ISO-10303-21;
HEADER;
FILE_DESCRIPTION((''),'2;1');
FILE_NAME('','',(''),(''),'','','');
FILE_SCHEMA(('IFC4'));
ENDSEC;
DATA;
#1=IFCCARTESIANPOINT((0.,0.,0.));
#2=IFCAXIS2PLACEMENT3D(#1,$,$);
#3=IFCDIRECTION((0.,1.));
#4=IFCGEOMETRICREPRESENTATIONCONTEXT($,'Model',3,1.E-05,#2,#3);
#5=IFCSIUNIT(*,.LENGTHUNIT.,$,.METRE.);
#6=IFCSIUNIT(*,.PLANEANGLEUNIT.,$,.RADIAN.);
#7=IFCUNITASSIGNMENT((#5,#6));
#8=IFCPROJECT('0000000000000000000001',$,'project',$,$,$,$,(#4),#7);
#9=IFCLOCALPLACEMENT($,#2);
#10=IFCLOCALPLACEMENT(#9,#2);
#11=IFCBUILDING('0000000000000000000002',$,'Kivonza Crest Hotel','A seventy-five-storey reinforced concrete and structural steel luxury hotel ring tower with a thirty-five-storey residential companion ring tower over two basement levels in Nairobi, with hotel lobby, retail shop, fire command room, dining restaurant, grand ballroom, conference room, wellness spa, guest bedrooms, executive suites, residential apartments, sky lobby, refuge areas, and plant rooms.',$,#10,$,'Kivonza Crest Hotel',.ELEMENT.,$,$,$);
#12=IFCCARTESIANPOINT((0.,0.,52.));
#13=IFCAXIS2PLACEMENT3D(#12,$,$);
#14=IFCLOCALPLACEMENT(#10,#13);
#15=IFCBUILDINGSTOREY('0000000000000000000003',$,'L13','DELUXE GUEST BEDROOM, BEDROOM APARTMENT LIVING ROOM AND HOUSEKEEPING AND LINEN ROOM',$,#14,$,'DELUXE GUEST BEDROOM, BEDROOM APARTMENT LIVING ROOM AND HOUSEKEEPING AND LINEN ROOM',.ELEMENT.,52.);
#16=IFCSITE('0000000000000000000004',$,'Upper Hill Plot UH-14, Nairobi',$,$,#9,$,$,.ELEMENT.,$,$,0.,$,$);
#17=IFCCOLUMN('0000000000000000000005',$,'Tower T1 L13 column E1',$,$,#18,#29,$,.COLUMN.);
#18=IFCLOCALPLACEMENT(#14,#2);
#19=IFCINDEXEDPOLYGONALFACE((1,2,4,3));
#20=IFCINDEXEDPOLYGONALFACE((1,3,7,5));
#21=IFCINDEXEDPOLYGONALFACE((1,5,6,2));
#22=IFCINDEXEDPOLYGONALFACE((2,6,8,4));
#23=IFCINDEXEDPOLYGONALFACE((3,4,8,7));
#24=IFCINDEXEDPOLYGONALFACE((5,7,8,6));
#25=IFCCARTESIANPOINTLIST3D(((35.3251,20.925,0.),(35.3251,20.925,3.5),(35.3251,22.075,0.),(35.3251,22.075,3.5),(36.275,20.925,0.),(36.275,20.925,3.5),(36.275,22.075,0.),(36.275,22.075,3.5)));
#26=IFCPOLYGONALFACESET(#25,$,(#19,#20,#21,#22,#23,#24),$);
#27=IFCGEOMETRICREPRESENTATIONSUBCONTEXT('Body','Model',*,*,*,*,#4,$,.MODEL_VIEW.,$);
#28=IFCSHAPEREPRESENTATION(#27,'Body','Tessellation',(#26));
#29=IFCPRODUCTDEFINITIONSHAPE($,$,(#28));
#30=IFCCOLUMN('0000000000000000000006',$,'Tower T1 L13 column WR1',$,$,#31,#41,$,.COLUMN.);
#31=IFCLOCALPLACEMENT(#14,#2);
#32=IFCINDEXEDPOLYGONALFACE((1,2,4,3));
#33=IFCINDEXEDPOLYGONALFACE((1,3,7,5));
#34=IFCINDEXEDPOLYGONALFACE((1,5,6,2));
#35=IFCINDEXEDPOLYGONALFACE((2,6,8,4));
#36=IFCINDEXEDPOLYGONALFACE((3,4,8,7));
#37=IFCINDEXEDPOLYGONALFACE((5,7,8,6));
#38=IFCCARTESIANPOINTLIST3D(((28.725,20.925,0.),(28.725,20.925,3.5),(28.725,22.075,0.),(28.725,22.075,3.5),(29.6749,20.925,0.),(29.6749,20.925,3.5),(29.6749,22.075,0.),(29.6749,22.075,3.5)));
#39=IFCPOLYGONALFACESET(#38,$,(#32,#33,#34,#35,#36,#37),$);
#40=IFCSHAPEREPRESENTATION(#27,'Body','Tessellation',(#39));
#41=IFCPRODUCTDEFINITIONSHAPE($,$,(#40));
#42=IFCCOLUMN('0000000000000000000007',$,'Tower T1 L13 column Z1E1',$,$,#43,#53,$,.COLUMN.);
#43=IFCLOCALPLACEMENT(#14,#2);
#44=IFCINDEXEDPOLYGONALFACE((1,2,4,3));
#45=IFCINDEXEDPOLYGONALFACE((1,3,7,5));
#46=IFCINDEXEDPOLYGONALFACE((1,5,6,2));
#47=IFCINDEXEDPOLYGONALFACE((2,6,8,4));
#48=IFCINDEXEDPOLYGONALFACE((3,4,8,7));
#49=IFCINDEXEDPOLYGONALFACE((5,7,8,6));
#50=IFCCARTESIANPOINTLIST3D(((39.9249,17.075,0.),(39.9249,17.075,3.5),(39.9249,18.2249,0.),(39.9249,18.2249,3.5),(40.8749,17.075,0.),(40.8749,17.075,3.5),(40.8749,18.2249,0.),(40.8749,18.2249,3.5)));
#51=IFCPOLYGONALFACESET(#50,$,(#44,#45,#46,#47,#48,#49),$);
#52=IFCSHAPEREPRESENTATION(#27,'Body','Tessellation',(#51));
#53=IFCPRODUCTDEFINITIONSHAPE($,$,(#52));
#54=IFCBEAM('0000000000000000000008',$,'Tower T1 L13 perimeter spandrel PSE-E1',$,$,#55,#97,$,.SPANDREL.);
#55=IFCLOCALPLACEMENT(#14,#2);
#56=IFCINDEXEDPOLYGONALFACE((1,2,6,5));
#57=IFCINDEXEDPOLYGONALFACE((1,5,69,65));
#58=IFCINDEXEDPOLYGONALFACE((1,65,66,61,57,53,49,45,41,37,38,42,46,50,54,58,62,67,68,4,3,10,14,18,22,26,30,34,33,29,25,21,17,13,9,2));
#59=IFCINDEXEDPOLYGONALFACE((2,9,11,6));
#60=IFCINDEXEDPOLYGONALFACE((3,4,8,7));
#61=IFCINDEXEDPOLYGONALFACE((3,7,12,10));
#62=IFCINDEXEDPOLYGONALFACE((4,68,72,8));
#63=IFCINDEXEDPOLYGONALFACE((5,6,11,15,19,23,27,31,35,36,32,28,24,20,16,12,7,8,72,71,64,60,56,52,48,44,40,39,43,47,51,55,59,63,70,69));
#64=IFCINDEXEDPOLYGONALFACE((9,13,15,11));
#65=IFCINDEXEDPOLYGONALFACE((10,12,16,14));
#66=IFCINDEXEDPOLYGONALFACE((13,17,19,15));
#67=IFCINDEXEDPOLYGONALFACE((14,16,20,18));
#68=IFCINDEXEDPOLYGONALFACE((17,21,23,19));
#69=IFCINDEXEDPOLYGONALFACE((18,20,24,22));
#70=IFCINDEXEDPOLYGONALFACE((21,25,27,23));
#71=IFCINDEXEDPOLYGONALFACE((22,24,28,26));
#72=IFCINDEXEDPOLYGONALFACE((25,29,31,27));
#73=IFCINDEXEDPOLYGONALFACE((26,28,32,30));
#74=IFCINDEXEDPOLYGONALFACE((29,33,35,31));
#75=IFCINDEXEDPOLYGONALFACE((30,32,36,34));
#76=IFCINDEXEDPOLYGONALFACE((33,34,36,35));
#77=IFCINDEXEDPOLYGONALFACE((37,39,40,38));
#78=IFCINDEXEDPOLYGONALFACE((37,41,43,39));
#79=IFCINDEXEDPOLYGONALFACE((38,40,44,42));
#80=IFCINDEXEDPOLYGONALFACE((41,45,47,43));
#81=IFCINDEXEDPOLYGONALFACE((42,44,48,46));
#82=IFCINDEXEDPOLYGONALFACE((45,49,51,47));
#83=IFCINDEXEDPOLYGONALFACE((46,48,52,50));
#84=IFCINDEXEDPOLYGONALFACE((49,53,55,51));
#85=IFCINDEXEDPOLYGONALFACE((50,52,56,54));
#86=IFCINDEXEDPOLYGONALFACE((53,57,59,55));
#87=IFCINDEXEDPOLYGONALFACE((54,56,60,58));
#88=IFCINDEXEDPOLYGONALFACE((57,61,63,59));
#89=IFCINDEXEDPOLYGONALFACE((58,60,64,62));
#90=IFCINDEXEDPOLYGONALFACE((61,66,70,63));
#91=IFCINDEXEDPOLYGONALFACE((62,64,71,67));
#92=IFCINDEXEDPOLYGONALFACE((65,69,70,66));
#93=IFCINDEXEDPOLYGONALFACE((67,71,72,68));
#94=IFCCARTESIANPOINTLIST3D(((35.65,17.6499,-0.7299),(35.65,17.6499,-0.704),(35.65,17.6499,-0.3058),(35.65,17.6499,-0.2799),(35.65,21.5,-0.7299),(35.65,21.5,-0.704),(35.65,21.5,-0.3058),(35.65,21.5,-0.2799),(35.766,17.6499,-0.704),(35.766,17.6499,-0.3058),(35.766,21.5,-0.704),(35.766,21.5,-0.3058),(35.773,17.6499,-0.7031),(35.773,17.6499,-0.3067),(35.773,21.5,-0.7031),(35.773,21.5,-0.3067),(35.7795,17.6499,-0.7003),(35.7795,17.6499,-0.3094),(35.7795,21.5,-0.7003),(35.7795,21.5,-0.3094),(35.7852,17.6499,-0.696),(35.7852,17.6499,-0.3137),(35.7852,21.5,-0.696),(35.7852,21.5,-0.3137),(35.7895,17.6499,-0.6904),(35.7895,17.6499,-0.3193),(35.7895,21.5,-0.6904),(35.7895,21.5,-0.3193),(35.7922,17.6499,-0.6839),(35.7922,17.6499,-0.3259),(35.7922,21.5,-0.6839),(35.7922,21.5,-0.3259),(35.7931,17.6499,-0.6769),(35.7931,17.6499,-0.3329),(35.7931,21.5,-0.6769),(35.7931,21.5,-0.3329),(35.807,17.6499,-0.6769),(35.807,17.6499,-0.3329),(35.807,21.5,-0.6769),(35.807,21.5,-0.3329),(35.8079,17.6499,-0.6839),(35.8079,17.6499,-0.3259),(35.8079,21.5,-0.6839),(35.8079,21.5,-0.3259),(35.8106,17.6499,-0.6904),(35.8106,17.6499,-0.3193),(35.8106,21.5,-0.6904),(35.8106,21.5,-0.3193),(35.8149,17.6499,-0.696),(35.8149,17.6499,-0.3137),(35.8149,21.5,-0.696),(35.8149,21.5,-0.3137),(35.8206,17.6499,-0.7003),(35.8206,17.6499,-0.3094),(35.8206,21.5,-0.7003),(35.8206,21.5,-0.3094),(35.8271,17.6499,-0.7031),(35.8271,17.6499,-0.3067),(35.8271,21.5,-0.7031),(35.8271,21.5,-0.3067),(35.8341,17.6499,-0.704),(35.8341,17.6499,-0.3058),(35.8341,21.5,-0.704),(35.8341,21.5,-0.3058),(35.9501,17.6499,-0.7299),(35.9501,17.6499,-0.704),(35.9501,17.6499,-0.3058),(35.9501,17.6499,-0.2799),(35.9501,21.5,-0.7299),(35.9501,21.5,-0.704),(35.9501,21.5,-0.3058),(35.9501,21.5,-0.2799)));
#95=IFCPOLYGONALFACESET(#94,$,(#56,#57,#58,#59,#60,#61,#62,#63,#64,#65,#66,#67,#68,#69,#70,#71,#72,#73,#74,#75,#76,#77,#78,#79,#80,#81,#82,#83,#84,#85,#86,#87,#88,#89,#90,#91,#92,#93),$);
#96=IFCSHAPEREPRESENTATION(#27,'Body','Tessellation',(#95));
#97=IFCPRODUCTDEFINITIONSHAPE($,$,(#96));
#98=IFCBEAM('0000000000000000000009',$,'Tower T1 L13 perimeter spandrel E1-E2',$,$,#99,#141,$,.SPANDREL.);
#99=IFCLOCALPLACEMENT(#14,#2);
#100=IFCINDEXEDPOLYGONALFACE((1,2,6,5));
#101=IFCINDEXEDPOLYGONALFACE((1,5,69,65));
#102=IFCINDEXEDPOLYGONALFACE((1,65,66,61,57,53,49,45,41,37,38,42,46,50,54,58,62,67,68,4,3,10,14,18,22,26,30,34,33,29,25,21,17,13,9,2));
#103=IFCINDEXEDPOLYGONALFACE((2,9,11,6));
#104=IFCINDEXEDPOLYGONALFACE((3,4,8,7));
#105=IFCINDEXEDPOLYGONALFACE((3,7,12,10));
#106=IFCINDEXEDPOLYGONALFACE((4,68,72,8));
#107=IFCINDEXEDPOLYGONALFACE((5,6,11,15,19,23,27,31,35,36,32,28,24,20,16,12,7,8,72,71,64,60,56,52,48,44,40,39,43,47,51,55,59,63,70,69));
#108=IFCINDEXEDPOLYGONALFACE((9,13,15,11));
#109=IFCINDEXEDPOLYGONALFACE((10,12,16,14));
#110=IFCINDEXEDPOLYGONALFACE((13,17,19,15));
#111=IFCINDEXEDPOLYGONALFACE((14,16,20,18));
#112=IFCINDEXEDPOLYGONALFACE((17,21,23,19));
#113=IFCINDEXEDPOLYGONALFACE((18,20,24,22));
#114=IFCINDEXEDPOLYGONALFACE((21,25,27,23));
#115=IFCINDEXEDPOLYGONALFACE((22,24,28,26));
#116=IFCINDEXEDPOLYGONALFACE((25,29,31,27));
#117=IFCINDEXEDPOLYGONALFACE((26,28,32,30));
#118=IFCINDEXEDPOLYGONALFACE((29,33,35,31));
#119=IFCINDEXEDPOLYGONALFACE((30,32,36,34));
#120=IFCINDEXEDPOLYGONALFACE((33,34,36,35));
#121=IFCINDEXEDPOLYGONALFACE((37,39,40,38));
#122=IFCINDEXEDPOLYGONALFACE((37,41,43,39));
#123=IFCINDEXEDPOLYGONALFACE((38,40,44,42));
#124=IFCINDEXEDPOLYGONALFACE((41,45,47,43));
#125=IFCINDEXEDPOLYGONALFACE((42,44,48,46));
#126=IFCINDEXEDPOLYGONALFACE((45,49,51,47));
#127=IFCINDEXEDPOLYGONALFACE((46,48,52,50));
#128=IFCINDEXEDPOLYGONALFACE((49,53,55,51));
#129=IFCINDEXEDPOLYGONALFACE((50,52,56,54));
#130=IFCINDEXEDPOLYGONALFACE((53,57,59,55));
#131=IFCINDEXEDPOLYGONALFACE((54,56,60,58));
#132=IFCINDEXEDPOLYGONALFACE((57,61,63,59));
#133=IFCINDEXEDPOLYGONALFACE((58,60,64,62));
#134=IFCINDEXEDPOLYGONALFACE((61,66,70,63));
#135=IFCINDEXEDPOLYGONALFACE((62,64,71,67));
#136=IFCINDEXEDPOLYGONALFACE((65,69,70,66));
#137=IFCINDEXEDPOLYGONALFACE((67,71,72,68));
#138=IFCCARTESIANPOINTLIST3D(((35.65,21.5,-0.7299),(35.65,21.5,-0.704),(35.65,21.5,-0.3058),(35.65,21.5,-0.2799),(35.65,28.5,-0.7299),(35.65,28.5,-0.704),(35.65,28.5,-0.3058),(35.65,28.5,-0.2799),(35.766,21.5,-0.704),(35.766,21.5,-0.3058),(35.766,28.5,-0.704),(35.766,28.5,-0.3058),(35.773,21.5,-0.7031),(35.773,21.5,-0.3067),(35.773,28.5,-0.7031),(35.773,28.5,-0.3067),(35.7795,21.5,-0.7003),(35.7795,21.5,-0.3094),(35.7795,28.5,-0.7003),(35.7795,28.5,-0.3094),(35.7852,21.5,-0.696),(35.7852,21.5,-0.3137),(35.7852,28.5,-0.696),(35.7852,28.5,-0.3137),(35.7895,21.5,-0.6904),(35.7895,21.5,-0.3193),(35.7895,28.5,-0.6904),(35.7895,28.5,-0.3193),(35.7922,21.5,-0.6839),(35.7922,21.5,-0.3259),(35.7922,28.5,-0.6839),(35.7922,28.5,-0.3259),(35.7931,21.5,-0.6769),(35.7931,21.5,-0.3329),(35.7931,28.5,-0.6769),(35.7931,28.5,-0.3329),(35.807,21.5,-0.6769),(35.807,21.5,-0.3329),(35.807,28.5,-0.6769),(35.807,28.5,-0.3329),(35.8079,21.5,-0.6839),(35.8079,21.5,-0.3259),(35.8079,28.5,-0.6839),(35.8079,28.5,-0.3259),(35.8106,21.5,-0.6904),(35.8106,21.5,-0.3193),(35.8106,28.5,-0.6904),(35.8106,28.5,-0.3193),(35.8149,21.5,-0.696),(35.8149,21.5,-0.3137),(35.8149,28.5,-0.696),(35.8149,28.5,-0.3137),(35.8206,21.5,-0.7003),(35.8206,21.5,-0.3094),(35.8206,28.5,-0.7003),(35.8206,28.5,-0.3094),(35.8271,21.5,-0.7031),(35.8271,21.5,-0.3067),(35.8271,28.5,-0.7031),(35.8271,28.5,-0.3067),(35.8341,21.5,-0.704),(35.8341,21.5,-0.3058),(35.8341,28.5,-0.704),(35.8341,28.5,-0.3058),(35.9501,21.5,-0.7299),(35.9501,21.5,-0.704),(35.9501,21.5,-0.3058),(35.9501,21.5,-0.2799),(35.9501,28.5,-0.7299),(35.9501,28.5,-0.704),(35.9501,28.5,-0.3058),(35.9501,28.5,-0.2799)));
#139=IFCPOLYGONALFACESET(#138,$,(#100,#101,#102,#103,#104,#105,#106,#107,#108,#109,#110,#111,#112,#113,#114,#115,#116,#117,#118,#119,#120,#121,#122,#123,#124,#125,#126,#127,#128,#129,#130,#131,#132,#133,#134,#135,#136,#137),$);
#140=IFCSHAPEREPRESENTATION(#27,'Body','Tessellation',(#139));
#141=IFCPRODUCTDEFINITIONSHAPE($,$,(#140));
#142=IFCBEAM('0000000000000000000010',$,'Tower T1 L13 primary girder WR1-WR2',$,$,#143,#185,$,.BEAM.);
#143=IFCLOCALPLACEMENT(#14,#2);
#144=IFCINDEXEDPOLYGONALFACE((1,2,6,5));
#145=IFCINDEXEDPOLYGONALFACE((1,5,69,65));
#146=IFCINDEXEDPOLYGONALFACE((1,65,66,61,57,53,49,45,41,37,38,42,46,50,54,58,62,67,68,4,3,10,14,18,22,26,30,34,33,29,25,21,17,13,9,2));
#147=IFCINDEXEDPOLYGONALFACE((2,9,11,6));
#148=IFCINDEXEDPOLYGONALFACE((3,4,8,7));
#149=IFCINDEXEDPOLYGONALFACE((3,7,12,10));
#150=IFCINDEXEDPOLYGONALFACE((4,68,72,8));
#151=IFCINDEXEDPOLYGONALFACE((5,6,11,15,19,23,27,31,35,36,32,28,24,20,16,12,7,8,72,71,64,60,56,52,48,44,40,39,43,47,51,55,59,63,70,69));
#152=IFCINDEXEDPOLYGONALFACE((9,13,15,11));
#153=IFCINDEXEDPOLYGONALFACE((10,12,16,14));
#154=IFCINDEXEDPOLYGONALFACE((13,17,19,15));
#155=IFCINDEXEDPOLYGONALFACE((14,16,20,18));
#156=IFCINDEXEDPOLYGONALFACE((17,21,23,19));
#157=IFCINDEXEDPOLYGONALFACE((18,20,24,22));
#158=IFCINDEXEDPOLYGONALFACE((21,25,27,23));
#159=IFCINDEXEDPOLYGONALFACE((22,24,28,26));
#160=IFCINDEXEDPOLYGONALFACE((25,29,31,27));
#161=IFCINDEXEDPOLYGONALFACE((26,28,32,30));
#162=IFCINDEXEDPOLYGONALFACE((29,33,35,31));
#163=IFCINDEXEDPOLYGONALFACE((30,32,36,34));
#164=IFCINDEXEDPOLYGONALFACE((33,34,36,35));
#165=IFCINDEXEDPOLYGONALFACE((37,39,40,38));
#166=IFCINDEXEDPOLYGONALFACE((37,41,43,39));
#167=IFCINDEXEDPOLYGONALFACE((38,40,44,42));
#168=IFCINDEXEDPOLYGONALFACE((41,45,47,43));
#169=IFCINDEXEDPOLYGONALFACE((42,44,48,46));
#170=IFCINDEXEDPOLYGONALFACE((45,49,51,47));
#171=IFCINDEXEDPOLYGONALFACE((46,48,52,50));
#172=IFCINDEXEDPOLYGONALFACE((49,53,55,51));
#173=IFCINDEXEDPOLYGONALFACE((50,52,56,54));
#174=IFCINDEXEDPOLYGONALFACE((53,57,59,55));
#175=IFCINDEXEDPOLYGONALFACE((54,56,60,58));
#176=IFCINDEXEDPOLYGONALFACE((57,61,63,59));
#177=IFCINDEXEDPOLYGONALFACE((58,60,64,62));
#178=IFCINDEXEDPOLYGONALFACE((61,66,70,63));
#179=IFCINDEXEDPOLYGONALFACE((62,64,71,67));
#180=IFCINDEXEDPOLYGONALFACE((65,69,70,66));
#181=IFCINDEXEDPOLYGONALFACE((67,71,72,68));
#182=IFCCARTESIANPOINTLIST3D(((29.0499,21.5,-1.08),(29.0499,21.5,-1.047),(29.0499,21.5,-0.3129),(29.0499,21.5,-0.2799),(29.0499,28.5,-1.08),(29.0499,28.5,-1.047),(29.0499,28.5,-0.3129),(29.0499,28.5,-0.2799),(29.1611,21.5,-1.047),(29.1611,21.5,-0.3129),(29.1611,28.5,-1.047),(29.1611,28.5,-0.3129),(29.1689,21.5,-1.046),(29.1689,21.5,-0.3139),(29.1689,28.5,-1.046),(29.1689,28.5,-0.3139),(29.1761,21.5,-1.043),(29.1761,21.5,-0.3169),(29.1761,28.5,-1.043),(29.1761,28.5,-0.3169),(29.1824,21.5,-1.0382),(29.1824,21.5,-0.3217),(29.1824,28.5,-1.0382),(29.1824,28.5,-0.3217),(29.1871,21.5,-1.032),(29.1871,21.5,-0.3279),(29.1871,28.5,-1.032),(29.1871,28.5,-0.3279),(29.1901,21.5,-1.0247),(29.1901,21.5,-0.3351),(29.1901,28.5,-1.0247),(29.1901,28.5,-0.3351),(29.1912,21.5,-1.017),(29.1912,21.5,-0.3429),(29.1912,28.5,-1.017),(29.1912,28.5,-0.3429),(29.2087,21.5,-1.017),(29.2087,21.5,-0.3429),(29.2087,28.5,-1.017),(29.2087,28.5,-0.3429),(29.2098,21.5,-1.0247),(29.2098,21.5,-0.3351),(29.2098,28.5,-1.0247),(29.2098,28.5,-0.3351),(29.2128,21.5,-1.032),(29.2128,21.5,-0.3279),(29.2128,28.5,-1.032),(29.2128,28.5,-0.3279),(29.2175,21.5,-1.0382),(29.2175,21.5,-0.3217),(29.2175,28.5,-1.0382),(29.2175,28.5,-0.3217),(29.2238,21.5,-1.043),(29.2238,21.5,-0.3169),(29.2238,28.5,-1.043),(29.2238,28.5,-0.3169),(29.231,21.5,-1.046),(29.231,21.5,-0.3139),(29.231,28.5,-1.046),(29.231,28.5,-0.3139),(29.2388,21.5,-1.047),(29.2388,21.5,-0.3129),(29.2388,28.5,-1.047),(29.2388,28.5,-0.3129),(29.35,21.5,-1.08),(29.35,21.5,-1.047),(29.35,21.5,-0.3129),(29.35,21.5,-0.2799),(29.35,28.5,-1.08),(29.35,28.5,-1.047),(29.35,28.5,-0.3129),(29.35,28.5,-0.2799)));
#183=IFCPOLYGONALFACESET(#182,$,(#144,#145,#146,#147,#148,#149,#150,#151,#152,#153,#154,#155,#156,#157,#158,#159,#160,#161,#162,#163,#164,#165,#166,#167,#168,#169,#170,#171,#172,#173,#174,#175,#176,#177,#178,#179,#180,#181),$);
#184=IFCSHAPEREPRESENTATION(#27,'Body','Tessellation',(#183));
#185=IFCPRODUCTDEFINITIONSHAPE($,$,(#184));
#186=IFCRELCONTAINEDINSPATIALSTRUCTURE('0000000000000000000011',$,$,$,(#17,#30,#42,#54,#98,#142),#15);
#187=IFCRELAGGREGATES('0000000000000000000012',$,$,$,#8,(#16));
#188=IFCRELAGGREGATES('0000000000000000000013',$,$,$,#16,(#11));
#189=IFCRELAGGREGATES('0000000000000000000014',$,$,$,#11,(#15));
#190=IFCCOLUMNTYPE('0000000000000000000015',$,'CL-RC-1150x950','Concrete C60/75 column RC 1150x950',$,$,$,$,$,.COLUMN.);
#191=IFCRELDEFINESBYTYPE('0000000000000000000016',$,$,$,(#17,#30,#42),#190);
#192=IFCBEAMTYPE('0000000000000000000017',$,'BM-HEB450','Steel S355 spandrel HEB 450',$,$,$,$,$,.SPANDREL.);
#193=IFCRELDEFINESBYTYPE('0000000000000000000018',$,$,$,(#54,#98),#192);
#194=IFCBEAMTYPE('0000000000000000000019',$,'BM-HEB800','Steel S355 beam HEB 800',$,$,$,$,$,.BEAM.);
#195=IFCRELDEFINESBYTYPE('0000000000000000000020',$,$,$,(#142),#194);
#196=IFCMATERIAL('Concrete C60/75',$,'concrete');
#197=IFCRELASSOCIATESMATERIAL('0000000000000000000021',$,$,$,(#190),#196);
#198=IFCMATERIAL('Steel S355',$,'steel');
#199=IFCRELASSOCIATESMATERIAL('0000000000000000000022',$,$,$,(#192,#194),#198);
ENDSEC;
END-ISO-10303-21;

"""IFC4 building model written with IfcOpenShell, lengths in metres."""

from ifc_helpers import new_model, si_unit, direction, frame, origin, origin_2d, place, context, subcontext, project, spatial, rectangle, i_section, extrude, material, material_profile, profile_set, type_object, element, save


model = new_model("IFC4")

# Units and contexts
model_context = context("Model", 3, precision=1e-05, world=origin(), true_north=direction((0.0, 1.0)))
body_context = subcontext(model_context, "Body", "Model", "MODEL_VIEW")
ifc_project = project(units=[si_unit("LENGTHUNIT", "METRE"), si_unit("PLANEANGLEUNIT", "RADIAN")], contexts=[model_context])

# Site, building, storey
site_placement = place(None, origin())
site = spatial("IfcSite", under=ifc_project, at=site_placement, Name="Upper Hill Plot UH-14, Nairobi", CompositionType="ELEMENT", RefElevation=0.0)
building_placement = place(site_placement, origin())
building = spatial("IfcBuilding", under=site, at=building_placement, Name="Kivonza Crest Hotel", Description="A seventy-five-storey reinforced concrete and structural steel luxury hotel ring tower with a thirty-five-storey residential companion ring tower over two basement levels in Nairobi, with hotel lobby, retail shop, fire command room, dining restaurant, grand ballroom, conference room, wellness spa, guest bedrooms, executive suites, residential apartments, sky lobby, refuge areas, and plant rooms.", LongName="Kivonza Crest Hotel", CompositionType="ELEMENT")
storey_placement = place(building_placement, frame((0.0, 0.0, 52.0)))
storey = spatial("IfcBuildingStorey", under=building, at=storey_placement, Name="L13", Description="DELUXE GUEST BEDROOM, BEDROOM APARTMENT LIVING ROOM AND HOUSEKEEPING AND LINEN ROOM", LongName="DELUXE GUEST BEDROOM, BEDROOM APARTMENT LIVING ROOM AND HOUSEKEEPING AND LINEN ROOM", CompositionType="ELEMENT", Elevation=52.0)

# Columns
ifc_material_1 = material(Name="Concrete C60/75", Category="concrete")
ifc_material_profile_1 = material_profile(ifc_material_1, rectangle(XDim=0.95, YDim=1.1499, at=origin_2d()), Name="RC 1150x950")
ifc_profile_set_1 = profile_set([ifc_material_profile_1], Name="Concrete C60/75")
column_type = type_object("IfcColumnType", Name="CL-RC-1150x950", Description="Concrete C60/75 column RC 1150x950", PredefinedType="COLUMN", material=ifc_profile_set_1)
for number, where, z_axis, x_axis, name in (
    (1, (35.8, 21.5, 0.0), (0.0, 0.0, 1.0), (1.0, 0.0, 0.0), "Tower T1 L13 column E1"),
    (2, (29.2, 21.5, 0.0), (0.0, 0.0, 1.0), (1.0, 0.0, 0.0), "Tower T1 L13 column WR1"),
    (3, (40.3999, 17.6499, 0.0), (0.0, 0.0, 1.0), (1.0, 0.0, 0.0), "Tower T1 L13 column Z1E1"),
):
    element("IfcColumn", number, at=place(storey_placement, frame(where, z_axis=z_axis, x_axis=x_axis)), inside=storey, type_object=column_type, Name=name, PredefinedType="COLUMN", context=body_context, shape_type="SweptSolid", body=[
        extrude(rectangle(XDim=0.95, YDim=1.1499, at=origin_2d()), origin(), (0.0, 0.0, 1.0), 3.5),
    ])

# Beams
ifc_material_2 = material(Name="Steel S355", Category="steel")
ifc_material_profile_2 = material_profile(ifc_material_2, i_section(OverallWidth=0.3, OverallDepth=0.45, WebThickness=0.0139, FlangeThickness=0.0259, FilletRadius=0.0271, at=origin_2d()), Name="HEB 450")
ifc_profile_set_2 = profile_set([ifc_material_profile_2], Name="Steel S355")
beam_type_1 = type_object("IfcBeamType", Name="BM-HEB450", Description="Steel S355 spandrel HEB 450", PredefinedType="SPANDREL", material=ifc_profile_set_2)
beam_1_placement = place(storey_placement, frame((35.8, 17.6499, -0.5049), z_axis=(0.0, 1.0, 0.0), x_axis=(-1.0, 0.0, 0.0)))
element("IfcBeam", 4, at=beam_1_placement, inside=storey, type_object=beam_type_1, Name="Tower T1 L13 perimeter spandrel PSE-E1", PredefinedType="SPANDREL", context=body_context, shape_type="SweptSolid", body=[
    extrude(i_section(OverallWidth=0.3, OverallDepth=0.45, WebThickness=0.0139, FlangeThickness=0.0259, FilletRadius=0.0271, at=origin_2d()), origin(), (0.0, 0.0, 1.0), 3.8501),
])
beam_2_placement = place(storey_placement, frame((35.8, 21.5, -0.5049), z_axis=(0.0, 1.0, 0.0), x_axis=(-1.0, 0.0, 0.0)))
element("IfcBeam", 5, at=beam_2_placement, inside=storey, type_object=beam_type_1, Name="Tower T1 L13 perimeter spandrel E1-E2", PredefinedType="SPANDREL", context=body_context, shape_type="SweptSolid", body=[
    extrude(i_section(OverallWidth=0.3, OverallDepth=0.45, WebThickness=0.0139, FlangeThickness=0.0259, FilletRadius=0.0271, at=origin_2d()), origin(), (0.0, 0.0, 1.0), 7.0),
])
ifc_material_profile_3 = material_profile(ifc_material_2, i_section(OverallWidth=0.3, OverallDepth=0.8, WebThickness=0.0176, FlangeThickness=0.033, FilletRadius=0.03, at=origin_2d()), Name="HEB 800")
ifc_profile_set_3 = profile_set([ifc_material_profile_3], Name="Steel S355")
beam_type_2 = type_object("IfcBeamType", Name="BM-HEB800", Description="Steel S355 beam HEB 800", PredefinedType="BEAM", material=ifc_profile_set_3)
beam_3_placement = place(storey_placement, frame((29.2, 21.5, -0.6799), z_axis=(0.0, 1.0, 0.0), x_axis=(-1.0, 0.0, 0.0)))
element("IfcBeam", 6, at=beam_3_placement, inside=storey, type_object=beam_type_2, Name="Tower T1 L13 primary girder WR1-WR2", PredefinedType="BEAM", context=body_context, shape_type="SweptSolid", body=[
    extrude(i_section(OverallWidth=0.3, OverallDepth=0.8, WebThickness=0.0176, FlangeThickness=0.033, FilletRadius=0.03, at=origin_2d()), origin(), (0.0, 0.0, 1.0), 7.0),
])

save(model, "model.ifc")
